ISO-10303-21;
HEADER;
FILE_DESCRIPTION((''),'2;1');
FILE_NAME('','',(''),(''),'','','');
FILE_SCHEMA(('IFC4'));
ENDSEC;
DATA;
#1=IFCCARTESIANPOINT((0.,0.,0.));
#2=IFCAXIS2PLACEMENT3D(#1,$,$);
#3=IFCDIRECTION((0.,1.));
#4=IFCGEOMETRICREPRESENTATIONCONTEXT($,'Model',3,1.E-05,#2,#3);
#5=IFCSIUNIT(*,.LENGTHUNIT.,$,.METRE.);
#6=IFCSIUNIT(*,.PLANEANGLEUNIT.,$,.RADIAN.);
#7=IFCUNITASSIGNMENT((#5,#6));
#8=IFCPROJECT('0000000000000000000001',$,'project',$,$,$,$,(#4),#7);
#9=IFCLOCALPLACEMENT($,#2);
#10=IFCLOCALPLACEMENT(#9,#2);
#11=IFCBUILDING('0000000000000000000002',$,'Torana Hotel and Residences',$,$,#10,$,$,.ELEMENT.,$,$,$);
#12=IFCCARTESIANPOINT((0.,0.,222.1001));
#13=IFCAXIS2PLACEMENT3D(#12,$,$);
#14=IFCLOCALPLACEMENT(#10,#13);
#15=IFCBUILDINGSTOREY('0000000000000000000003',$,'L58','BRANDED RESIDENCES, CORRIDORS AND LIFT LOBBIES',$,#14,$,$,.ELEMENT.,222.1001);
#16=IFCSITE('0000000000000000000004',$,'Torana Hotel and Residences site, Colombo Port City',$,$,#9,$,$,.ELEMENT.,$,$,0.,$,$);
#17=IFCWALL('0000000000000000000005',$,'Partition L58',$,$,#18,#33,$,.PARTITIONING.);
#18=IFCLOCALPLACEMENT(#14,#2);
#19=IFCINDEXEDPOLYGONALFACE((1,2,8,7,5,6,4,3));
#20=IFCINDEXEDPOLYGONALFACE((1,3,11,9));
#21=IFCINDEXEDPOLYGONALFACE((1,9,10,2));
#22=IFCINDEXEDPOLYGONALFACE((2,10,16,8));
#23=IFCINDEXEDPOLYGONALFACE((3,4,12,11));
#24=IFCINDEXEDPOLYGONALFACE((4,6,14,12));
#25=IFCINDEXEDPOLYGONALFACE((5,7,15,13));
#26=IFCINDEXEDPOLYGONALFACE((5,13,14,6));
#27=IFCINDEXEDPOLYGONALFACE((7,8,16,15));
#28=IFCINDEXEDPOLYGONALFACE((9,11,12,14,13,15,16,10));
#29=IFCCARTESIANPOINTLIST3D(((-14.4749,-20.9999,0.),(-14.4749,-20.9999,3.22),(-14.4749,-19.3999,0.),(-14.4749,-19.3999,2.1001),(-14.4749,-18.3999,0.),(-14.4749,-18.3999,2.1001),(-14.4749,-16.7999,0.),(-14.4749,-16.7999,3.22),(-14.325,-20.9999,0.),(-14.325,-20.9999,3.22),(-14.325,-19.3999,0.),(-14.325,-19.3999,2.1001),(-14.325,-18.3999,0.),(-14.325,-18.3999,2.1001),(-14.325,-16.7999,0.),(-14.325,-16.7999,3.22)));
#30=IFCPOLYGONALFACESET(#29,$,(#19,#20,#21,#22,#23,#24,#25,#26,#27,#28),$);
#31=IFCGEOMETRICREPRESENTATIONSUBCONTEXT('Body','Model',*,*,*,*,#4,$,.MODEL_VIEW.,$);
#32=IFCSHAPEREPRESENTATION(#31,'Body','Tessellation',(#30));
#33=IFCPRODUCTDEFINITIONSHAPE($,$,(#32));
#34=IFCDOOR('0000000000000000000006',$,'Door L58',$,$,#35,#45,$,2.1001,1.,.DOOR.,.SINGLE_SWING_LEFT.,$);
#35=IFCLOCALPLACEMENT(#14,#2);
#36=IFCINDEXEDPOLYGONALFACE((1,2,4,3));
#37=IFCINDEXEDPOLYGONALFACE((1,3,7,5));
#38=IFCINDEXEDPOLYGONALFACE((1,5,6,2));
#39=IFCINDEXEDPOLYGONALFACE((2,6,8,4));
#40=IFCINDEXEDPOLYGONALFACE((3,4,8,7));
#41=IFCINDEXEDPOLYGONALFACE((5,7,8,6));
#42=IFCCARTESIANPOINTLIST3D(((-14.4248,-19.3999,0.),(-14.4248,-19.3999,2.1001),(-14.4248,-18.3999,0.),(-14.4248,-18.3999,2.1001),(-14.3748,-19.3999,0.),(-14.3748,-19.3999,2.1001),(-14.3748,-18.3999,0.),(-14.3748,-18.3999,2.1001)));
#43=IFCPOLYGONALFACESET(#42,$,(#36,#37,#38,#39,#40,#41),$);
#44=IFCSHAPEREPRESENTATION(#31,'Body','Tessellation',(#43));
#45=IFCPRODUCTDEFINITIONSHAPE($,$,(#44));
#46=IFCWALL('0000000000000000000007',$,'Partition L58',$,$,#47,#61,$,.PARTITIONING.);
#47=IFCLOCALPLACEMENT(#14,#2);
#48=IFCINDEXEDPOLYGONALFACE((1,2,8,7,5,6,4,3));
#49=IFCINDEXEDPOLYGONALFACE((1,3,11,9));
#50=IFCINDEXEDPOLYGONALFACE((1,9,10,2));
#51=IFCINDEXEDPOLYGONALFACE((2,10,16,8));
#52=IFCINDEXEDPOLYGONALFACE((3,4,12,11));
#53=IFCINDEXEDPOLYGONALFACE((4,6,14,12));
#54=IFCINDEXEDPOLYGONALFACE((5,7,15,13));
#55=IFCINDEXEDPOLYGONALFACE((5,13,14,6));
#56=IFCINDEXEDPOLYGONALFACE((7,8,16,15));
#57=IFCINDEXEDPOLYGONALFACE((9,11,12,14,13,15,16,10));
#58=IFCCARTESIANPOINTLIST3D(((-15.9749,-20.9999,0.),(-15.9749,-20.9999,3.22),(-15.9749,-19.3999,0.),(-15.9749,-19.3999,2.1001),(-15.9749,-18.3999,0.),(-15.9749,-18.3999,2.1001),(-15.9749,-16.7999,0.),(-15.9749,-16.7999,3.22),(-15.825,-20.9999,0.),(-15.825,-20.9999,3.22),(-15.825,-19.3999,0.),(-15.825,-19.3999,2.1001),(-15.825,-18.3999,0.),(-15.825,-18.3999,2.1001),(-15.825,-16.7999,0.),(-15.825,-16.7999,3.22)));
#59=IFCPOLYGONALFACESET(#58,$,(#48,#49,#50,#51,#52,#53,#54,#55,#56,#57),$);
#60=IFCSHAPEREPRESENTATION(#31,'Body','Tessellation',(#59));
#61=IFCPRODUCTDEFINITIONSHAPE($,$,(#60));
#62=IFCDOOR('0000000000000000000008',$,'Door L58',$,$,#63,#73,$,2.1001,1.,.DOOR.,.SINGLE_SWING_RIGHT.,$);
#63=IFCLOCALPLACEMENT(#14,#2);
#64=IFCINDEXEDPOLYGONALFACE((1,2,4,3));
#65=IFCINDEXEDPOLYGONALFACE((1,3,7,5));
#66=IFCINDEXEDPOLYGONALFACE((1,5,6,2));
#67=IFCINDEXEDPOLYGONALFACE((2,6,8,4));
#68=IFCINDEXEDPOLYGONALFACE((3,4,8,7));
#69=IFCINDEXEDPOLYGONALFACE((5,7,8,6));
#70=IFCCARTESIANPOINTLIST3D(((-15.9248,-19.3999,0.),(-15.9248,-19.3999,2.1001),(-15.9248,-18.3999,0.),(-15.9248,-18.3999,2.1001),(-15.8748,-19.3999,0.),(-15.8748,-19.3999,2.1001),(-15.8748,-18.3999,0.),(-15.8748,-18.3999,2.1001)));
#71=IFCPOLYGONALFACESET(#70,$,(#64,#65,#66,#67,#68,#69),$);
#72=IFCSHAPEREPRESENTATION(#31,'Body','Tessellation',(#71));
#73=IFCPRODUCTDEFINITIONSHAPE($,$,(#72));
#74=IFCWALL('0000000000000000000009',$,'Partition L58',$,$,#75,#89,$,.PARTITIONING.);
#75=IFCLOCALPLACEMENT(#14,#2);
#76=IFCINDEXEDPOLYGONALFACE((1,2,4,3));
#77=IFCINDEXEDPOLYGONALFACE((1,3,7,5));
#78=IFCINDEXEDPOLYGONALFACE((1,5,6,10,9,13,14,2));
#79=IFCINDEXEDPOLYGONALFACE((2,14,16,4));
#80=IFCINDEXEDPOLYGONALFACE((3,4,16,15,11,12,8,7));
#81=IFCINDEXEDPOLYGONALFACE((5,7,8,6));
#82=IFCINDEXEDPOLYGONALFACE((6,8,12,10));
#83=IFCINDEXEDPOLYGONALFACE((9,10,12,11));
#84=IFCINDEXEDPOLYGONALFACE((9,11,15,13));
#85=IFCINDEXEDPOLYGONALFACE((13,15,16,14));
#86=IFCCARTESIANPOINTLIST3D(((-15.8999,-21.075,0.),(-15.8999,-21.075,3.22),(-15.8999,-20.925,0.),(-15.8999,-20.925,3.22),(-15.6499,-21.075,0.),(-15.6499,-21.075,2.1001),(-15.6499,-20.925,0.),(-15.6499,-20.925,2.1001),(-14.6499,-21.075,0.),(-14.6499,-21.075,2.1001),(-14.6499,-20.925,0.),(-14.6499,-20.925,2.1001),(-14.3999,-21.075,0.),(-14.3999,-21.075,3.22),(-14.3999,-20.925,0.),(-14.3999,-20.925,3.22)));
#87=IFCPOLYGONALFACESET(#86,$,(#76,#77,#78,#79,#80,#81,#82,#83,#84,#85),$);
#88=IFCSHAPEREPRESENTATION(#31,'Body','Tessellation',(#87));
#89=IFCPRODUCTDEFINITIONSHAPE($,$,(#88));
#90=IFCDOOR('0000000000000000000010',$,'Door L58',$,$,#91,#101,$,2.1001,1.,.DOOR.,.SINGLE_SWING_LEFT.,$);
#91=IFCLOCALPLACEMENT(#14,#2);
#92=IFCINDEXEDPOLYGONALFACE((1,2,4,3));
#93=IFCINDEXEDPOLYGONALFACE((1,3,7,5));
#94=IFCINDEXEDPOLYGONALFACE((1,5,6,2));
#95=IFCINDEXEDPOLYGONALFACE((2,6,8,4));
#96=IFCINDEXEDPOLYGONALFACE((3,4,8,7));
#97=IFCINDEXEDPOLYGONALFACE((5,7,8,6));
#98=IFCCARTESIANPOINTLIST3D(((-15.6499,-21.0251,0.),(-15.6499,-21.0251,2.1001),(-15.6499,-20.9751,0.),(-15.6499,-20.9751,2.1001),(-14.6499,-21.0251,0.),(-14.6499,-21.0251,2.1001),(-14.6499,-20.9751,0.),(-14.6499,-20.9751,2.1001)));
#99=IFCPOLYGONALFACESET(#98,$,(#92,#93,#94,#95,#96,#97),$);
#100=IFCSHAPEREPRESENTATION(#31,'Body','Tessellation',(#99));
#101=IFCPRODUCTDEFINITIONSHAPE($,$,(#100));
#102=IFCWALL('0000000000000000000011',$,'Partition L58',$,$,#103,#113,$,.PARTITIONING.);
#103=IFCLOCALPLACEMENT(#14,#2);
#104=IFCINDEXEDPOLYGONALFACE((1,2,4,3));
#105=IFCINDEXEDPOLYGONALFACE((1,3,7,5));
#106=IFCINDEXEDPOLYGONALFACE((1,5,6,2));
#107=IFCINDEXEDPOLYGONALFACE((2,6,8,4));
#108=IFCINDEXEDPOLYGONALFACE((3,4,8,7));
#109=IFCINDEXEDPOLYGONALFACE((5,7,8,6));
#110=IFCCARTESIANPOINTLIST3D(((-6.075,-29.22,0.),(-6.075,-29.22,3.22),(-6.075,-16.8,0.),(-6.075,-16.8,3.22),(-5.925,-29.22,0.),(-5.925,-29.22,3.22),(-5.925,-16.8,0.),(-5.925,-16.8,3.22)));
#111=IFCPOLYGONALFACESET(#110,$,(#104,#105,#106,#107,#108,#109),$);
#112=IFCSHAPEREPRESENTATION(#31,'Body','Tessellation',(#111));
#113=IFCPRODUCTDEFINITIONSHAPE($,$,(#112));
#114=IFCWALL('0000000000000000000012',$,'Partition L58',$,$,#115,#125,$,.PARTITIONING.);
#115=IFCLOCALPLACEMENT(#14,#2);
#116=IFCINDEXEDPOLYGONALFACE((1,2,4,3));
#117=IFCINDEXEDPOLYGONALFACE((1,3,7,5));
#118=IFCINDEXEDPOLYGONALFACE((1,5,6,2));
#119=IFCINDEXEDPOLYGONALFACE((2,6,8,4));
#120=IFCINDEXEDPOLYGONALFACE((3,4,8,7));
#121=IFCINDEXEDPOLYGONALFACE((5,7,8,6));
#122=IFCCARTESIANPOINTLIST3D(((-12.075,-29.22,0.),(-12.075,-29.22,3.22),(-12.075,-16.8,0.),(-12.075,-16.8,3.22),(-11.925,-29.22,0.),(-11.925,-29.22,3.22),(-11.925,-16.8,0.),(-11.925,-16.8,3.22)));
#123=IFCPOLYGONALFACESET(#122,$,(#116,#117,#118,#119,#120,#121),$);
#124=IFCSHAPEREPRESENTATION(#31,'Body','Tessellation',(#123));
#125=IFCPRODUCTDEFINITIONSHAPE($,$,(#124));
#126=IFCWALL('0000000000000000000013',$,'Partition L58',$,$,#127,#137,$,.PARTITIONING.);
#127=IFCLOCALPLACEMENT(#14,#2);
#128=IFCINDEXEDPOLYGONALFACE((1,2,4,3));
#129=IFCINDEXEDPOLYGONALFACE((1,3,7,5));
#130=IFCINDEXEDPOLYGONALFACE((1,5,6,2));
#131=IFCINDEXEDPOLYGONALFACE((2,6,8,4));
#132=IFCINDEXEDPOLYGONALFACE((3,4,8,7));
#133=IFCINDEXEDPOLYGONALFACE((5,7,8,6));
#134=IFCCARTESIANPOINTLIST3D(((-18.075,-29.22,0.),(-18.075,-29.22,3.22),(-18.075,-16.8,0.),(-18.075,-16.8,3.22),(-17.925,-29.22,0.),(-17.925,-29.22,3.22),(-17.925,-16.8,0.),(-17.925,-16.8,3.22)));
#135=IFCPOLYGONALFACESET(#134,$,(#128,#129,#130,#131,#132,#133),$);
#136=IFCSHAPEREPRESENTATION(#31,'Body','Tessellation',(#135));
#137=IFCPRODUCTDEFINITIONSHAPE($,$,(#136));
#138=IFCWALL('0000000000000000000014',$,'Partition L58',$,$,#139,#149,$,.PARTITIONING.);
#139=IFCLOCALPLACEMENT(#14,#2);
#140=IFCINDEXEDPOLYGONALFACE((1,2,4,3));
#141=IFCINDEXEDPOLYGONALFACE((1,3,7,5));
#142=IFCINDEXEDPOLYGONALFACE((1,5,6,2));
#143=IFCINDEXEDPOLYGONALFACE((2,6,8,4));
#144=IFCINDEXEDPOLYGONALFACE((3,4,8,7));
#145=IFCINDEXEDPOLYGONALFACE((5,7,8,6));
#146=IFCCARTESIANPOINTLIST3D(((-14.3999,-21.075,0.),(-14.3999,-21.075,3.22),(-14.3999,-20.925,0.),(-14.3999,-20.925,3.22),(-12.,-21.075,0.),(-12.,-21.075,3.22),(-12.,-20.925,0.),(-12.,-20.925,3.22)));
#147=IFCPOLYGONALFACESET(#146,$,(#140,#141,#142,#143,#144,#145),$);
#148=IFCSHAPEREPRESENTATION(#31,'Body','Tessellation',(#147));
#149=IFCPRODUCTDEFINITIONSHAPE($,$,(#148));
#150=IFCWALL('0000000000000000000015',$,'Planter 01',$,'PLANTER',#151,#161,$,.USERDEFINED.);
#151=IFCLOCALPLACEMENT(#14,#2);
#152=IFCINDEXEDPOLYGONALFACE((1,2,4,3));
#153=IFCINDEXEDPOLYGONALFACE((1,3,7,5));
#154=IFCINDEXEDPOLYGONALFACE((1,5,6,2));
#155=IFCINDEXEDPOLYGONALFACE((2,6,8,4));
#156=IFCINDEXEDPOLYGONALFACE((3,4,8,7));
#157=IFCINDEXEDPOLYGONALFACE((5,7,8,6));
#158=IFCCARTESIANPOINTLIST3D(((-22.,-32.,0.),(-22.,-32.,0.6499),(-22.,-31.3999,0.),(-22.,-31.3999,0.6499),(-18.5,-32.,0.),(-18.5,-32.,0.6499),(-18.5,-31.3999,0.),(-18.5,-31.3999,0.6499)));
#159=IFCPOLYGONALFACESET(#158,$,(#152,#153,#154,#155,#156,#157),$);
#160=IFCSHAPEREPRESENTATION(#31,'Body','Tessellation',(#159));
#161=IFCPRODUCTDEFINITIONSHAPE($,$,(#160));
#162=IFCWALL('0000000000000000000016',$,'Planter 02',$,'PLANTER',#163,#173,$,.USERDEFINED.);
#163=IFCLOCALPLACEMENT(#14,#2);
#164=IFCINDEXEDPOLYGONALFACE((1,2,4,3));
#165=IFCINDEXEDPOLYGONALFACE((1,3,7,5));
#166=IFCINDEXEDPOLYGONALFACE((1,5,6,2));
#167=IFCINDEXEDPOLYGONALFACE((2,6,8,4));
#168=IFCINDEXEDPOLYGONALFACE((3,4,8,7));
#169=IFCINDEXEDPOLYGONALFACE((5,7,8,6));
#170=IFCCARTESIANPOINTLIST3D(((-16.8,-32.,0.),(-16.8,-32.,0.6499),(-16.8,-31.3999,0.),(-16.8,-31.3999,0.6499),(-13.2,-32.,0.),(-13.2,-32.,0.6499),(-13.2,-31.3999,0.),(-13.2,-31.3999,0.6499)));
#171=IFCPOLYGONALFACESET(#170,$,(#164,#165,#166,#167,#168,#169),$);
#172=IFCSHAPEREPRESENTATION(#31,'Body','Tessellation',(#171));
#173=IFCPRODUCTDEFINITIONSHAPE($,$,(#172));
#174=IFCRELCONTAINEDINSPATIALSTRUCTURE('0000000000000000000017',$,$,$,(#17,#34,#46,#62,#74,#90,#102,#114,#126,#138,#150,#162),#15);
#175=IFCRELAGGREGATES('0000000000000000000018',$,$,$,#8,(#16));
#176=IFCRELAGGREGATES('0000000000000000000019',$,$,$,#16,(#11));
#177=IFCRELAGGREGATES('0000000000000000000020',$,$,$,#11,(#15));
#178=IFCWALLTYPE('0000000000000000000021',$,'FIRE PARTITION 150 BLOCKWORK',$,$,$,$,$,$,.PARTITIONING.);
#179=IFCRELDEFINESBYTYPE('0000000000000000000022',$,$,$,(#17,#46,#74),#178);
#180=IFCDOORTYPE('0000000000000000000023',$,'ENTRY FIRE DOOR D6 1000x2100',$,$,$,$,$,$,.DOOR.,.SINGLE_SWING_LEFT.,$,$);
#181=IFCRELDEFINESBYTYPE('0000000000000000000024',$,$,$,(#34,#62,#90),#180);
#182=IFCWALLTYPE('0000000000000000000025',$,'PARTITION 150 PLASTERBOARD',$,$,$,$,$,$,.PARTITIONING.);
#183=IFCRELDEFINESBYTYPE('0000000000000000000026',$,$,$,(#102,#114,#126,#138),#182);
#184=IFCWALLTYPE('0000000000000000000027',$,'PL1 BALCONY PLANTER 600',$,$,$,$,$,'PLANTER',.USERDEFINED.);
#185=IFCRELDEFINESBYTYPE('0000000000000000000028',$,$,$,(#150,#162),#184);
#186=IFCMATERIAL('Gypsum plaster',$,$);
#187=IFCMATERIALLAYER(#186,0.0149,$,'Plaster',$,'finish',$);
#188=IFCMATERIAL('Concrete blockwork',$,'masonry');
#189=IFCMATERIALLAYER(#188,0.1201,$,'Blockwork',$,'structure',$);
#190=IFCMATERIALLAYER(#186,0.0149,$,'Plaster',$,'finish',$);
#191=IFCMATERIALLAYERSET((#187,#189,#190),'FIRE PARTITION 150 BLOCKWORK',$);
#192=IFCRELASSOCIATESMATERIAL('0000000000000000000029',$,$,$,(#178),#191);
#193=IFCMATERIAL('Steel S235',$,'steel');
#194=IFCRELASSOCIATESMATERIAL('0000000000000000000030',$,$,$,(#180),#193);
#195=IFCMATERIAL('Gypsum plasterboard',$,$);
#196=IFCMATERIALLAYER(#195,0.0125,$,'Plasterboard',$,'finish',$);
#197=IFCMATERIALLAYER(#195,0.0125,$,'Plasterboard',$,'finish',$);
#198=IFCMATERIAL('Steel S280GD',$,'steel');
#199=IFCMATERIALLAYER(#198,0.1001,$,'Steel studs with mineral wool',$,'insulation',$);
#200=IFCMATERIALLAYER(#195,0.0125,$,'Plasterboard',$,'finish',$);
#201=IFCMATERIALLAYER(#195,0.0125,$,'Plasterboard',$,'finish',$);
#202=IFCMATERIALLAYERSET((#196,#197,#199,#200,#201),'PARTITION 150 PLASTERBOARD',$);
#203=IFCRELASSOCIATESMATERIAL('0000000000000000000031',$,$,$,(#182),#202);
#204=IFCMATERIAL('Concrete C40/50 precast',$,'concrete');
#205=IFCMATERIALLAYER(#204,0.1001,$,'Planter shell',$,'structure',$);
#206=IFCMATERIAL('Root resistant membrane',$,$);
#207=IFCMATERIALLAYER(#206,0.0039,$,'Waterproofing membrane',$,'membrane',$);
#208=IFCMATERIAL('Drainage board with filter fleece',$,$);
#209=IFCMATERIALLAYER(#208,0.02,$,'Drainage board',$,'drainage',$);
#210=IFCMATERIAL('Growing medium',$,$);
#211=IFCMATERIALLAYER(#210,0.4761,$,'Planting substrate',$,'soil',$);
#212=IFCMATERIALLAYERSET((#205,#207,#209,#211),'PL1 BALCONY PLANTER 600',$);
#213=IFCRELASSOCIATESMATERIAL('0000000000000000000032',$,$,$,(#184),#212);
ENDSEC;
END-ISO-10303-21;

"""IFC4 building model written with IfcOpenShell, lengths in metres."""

from ifc_helpers import new_model, si_unit, direction, frame, frame_2d, origin, place, context, subcontext, project, spatial, rectangle, extrude, material, layer, layer_set, type_object, element, fill, save


model = new_model("IFC4")

# Units and contexts
model_context = context("Model", 3, precision=1e-05, world=origin(), true_north=direction((0.0, 1.0)))
body_context = subcontext(model_context, "Body", "Model", "MODEL_VIEW")
ifc_project = project(units=[si_unit("LENGTHUNIT", "METRE"), si_unit("PLANEANGLEUNIT", "RADIAN")], contexts=[model_context])

# Site, building, storey
site_placement = place(None, origin())
site = spatial("IfcSite", under=ifc_project, at=site_placement, Name="Torana Hotel and Residences site, Colombo Port City", CompositionType="ELEMENT", RefElevation=0.0)
building_placement = place(site_placement, origin())
building = spatial("IfcBuilding", under=site, at=building_placement, Name="Torana Hotel and Residences", CompositionType="ELEMENT")
storey_placement = place(building_placement, frame((0.0, 0.0, 222.1001)))
storey = spatial("IfcBuildingStorey", under=building, at=storey_placement, Name="L58", Description="BRANDED RESIDENCES, CORRIDORS AND LIFT LOBBIES", CompositionType="ELEMENT", Elevation=222.1001)

# Walls, openings, doors
ifc_material_1 = material(Name="Gypsum plaster")
ifc_layer_1 = layer(ifc_material_1, 0.0149, Name="Plaster", Category="finish")
ifc_material_2 = material(Name="Concrete blockwork", Category="masonry")
ifc_layer_2 = layer(ifc_material_2, 0.1201, Name="Blockwork", Category="structure")
ifc_layer_3 = layer(ifc_material_1, 0.0149, Name="Plaster", Category="finish")
ifc_layer_set_1 = layer_set([ifc_layer_1, ifc_layer_2, ifc_layer_3], Name="FIRE PARTITION 150 BLOCKWORK")
wall_type_1 = type_object("IfcWallType", Name="FIRE PARTITION 150 BLOCKWORK", PredefinedType="PARTITIONING", material=ifc_layer_set_1)
ifc_material_3 = material(Name="Steel S235", Category="steel")
door_type = type_object("IfcDoorType", Name="ENTRY FIRE DOOR D6 1000x2100", OperationType="SINGLE_SWING_LEFT", PredefinedType="DOOR", material=ifc_material_3)
wall_1_placement = place(storey_placement, frame((-14.3999, -21.0, 0.0), z_axis=(0.0, 0.0, 1.0), x_axis=(0.0, 1.0, 0.0)))
wall_1 = element("IfcWall", 1, at=wall_1_placement, inside=storey, type_object=wall_type_1, Name="Partition L58", PredefinedType="PARTITIONING", context=body_context, shape_type="SweptSolid", body=[
    extrude(rectangle(XDim=4.2, YDim=0.1499, at=frame_2d((2.1001, 0.0))), origin(), (0.0, 0.0, 1.0), 3.22),
])
opening_1_placement = place(wall_1_placement, frame((1.6001, 0.0, 0.0)))
opening_1 = element("IfcOpeningElement", 2, at=opening_1_placement, cuts=wall_1, PredefinedType="OPENING", context=body_context, shape_type="SweptSolid", body=[
    extrude(rectangle(XDim=1.0, YDim=2.1001, at=frame_2d((0.5, 1.05))), frame((0.0, 0.085, 0.0), z_axis=(0.0, -1.0, 0.0), x_axis=(1.0, 0.0, 0.0)), (0.0, 0.0, 1.0), 0.1699),
])
door_1_placement = place(opening_1_placement, frame((0.5, 0.0, 0.0), z_axis=(0.0, 0.0, 1.0), x_axis=(-1.0, 0.0, 0.0)))
door_1 = element("IfcDoor", 3, at=door_1_placement, inside=storey, type_object=door_type, Name="Door L58", OperationType="SINGLE_SWING_LEFT", OverallHeight=2.1001, OverallWidth=1.0, PredefinedType="DOOR", context=body_context, shape_type="SweptSolid", body=[
    extrude(rectangle(XDim=1.0, YDim=2.1001, at=frame_2d((0.0, 1.05))), frame((0.0, -0.0249, 0.0), z_axis=(0.0, 1.0, 0.0), x_axis=(-1.0, 0.0, 0.0)), (0.0, 0.0, 1.0), 0.05),
])
fill(opening_1, door_1)
wall_2_placement = place(storey_placement, frame((-15.8999, -21.0, 0.0), z_axis=(0.0, 0.0, 1.0), x_axis=(0.0, 1.0, 0.0)))
wall_2 = element("IfcWall", 4, at=wall_2_placement, inside=storey, type_object=wall_type_1, Name="Partition L58", PredefinedType="PARTITIONING", context=body_context, shape_type="SweptSolid", body=[
    extrude(rectangle(XDim=4.2, YDim=0.1499, at=frame_2d((2.1001, 0.0))), origin(), (0.0, 0.0, 1.0), 3.22),
])
opening_2_placement = place(wall_2_placement, frame((1.6001, 0.0, 0.0)))
opening_2 = element("IfcOpeningElement", 5, at=opening_2_placement, cuts=wall_2, PredefinedType="OPENING", context=body_context, shape_type="SweptSolid", body=[
    extrude(rectangle(XDim=1.0, YDim=2.1001, at=frame_2d((0.5, 1.05))), frame((0.0, 0.085, 0.0), z_axis=(0.0, -1.0, 0.0), x_axis=(1.0, 0.0, 0.0)), (0.0, 0.0, 1.0), 0.1699),
])
door_2_placement = place(opening_2_placement, origin())
door_2 = element("IfcDoor", 6, at=door_2_placement, inside=storey, type_object=door_type, Name="Door L58", OperationType="SINGLE_SWING_RIGHT", OverallHeight=2.1001, OverallWidth=1.0, PredefinedType="DOOR", context=body_context, shape_type="SweptSolid", body=[
    extrude(rectangle(XDim=1.0, YDim=2.1001, at=frame_2d((0.5, 1.05))), frame((0.0, 0.0249, 0.0), z_axis=(0.0, -1.0, 0.0), x_axis=(1.0, 0.0, 0.0)), (0.0, 0.0, 1.0), 0.05),
])
fill(opening_2, door_2)
wall_3_placement = place(storey_placement, frame((-15.8999, -21.0, 0.0), z_axis=(0.0, 0.0, 1.0), x_axis=(1.0, 0.0, 0.0)))
wall_3 = element("IfcWall", 7, at=wall_3_placement, inside=storey, type_object=wall_type_1, Name="Partition L58", PredefinedType="PARTITIONING", context=body_context, shape_type="SweptSolid", body=[
    extrude(rectangle(XDim=1.5, YDim=0.1499, at=frame_2d((0.75, 0.0))), origin(), (0.0, 0.0, 1.0), 3.22),
])
opening_3_placement = place(wall_3_placement, frame((0.25, 0.0, 0.0)))
opening_3 = element("IfcOpeningElement", 8, at=opening_3_placement, cuts=wall_3, PredefinedType="OPENING", context=body_context, shape_type="SweptSolid", body=[
    extrude(rectangle(XDim=1.0, YDim=2.1001, at=frame_2d((0.5, 1.05))), frame((0.0, 0.085, 0.0), z_axis=(0.0, -1.0, 0.0), x_axis=(1.0, 0.0, 0.0)), (0.0, 0.0, 1.0), 0.1699),
])
door_3_placement = place(opening_3_placement, frame((0.5, 0.0, 0.0), z_axis=(0.0, 0.0, 1.0), x_axis=(-1.0, 0.0, 0.0)))
door_3 = element("IfcDoor", 9, at=door_3_placement, inside=storey, type_object=door_type, Name="Door L58", OperationType="SINGLE_SWING_LEFT", OverallHeight=2.1001, OverallWidth=1.0, PredefinedType="DOOR", context=body_context, shape_type="SweptSolid", body=[
    extrude(rectangle(XDim=1.0, YDim=2.1001, at=frame_2d((0.0, 1.05))), frame((0.0, -0.0249, 0.0), z_axis=(0.0, 1.0, 0.0), x_axis=(-1.0, 0.0, 0.0)), (0.0, 0.0, 1.0), 0.05),
])
fill(opening_3, door_3)

# Walls
ifc_material_4 = material(Name="Gypsum plasterboard")
ifc_layer_4 = layer(ifc_material_4, 0.0125, Name="Plasterboard", Category="finish")
ifc_layer_5 = layer(ifc_material_4, 0.0125, Name="Plasterboard", Category="finish")
ifc_material_5 = material(Name="Steel S280GD", Category="steel")
ifc_layer_6 = layer(ifc_material_5, 0.1001, Name="Steel studs with mineral wool", Category="insulation")
ifc_layer_7 = layer(ifc_material_4, 0.0125, Name="Plasterboard", Category="finish")
ifc_layer_8 = layer(ifc_material_4, 0.0125, Name="Plasterboard", Category="finish")
ifc_layer_set_2 = layer_set([ifc_layer_4, ifc_layer_5, ifc_layer_6, ifc_layer_7, ifc_layer_8], Name="PARTITION 150 PLASTERBOARD")
wall_type_2 = type_object("IfcWallType", Name="PARTITION 150 PLASTERBOARD", PredefinedType="PARTITIONING", material=ifc_layer_set_2)
for number, where, z_axis, x_axis, name in (
    (10, (-6.0, -29.22, 0.0), (0.0, 0.0, 1.0), (0.0, 1.0, 0.0), "Partition L58"),
    (11, (-12.0, -29.22, 0.0), (0.0, 0.0, 1.0), (0.0, 1.0, 0.0), "Partition L58"),
    (12, (-18.0, -29.22, 0.0), (0.0, 0.0, 1.0), (0.0, 1.0, 0.0), "Partition L58"),
):
    element("IfcWall", number, at=place(storey_placement, frame(where, z_axis=z_axis, x_axis=x_axis)), inside=storey, type_object=wall_type_2, Name=name, PredefinedType="PARTITIONING", context=body_context, shape_type="SweptSolid", body=[
        extrude(rectangle(XDim=12.4199, YDim=0.1499, at=frame_2d((6.21, 0.0))), origin(), (0.0, 0.0, 1.0), 3.22),
    ])
wall_4_placement = place(storey_placement, frame((-14.3999, -21.0, 0.0), z_axis=(0.0, 0.0, 1.0), x_axis=(1.0, 0.0, 0.0)))
element("IfcWall", 13, at=wall_4_placement, inside=storey, type_object=wall_type_2, Name="Partition L58", PredefinedType="PARTITIONING", context=body_context, shape_type="SweptSolid", body=[
    extrude(rectangle(XDim=2.3999, YDim=0.1499, at=frame_2d((1.2, 0.0))), origin(), (0.0, 0.0, 1.0), 3.22),
])
ifc_material_6 = material(Name="Concrete C40/50 precast", Category="concrete")
ifc_layer_9 = layer(ifc_material_6, 0.1001, Name="Planter shell", Category="structure")
ifc_material_7 = material(Name="Root resistant membrane")
ifc_layer_10 = layer(ifc_material_7, 0.0039, Name="Waterproofing membrane", Category="membrane")
ifc_material_8 = material(Name="Drainage board with filter fleece")
ifc_layer_11 = layer(ifc_material_8, 0.02, Name="Drainage board", Category="drainage")
ifc_material_9 = material(Name="Growing medium")
ifc_layer_12 = layer(ifc_material_9, 0.4761, Name="Planting substrate", Category="soil")
ifc_layer_set_3 = layer_set([ifc_layer_9, ifc_layer_10, ifc_layer_11, ifc_layer_12], Name="PL1 BALCONY PLANTER 600")
wall_type_3 = type_object("IfcWallType", Name="PL1 BALCONY PLANTER 600", ElementType="PLANTER", PredefinedType="USERDEFINED", material=ifc_layer_set_3)
wall_5_placement = place(storey_placement, frame((-18.5, -31.7, 0.0), z_axis=(0.0, 0.0, 1.0), x_axis=(-1.0, 0.0, 0.0)))
element("IfcWall", 14, at=wall_5_placement, inside=storey, type_object=wall_type_3, Name="Planter 01", ObjectType="PLANTER", PredefinedType="USERDEFINED", context=body_context, shape_type="SweptSolid", body=[
    extrude(rectangle(XDim=3.5, YDim=0.6001, at=frame_2d((1.75, 0.0))), origin(), (0.0, 0.0, 1.0), 0.6499),
])
for number, where, z_axis, x_axis, name in (
    (15, (-13.2, -31.7, 0.0), (0.0, 0.0, 1.0), (-1.0, 0.0, 0.0), "Planter 02"),
):
    element("IfcWall", number, at=place(storey_placement, frame(where, z_axis=z_axis, x_axis=x_axis)), inside=storey, type_object=wall_type_3, Name=name, ObjectType="PLANTER", PredefinedType="USERDEFINED", context=body_context, shape_type="SweptSolid", body=[
        extrude(rectangle(XDim=3.6001, YDim=0.6001, at=frame_2d((1.8, 0.0))), origin(), (0.0, 0.0, 1.0), 0.6499),
    ])

save(model, "model.ifc")
